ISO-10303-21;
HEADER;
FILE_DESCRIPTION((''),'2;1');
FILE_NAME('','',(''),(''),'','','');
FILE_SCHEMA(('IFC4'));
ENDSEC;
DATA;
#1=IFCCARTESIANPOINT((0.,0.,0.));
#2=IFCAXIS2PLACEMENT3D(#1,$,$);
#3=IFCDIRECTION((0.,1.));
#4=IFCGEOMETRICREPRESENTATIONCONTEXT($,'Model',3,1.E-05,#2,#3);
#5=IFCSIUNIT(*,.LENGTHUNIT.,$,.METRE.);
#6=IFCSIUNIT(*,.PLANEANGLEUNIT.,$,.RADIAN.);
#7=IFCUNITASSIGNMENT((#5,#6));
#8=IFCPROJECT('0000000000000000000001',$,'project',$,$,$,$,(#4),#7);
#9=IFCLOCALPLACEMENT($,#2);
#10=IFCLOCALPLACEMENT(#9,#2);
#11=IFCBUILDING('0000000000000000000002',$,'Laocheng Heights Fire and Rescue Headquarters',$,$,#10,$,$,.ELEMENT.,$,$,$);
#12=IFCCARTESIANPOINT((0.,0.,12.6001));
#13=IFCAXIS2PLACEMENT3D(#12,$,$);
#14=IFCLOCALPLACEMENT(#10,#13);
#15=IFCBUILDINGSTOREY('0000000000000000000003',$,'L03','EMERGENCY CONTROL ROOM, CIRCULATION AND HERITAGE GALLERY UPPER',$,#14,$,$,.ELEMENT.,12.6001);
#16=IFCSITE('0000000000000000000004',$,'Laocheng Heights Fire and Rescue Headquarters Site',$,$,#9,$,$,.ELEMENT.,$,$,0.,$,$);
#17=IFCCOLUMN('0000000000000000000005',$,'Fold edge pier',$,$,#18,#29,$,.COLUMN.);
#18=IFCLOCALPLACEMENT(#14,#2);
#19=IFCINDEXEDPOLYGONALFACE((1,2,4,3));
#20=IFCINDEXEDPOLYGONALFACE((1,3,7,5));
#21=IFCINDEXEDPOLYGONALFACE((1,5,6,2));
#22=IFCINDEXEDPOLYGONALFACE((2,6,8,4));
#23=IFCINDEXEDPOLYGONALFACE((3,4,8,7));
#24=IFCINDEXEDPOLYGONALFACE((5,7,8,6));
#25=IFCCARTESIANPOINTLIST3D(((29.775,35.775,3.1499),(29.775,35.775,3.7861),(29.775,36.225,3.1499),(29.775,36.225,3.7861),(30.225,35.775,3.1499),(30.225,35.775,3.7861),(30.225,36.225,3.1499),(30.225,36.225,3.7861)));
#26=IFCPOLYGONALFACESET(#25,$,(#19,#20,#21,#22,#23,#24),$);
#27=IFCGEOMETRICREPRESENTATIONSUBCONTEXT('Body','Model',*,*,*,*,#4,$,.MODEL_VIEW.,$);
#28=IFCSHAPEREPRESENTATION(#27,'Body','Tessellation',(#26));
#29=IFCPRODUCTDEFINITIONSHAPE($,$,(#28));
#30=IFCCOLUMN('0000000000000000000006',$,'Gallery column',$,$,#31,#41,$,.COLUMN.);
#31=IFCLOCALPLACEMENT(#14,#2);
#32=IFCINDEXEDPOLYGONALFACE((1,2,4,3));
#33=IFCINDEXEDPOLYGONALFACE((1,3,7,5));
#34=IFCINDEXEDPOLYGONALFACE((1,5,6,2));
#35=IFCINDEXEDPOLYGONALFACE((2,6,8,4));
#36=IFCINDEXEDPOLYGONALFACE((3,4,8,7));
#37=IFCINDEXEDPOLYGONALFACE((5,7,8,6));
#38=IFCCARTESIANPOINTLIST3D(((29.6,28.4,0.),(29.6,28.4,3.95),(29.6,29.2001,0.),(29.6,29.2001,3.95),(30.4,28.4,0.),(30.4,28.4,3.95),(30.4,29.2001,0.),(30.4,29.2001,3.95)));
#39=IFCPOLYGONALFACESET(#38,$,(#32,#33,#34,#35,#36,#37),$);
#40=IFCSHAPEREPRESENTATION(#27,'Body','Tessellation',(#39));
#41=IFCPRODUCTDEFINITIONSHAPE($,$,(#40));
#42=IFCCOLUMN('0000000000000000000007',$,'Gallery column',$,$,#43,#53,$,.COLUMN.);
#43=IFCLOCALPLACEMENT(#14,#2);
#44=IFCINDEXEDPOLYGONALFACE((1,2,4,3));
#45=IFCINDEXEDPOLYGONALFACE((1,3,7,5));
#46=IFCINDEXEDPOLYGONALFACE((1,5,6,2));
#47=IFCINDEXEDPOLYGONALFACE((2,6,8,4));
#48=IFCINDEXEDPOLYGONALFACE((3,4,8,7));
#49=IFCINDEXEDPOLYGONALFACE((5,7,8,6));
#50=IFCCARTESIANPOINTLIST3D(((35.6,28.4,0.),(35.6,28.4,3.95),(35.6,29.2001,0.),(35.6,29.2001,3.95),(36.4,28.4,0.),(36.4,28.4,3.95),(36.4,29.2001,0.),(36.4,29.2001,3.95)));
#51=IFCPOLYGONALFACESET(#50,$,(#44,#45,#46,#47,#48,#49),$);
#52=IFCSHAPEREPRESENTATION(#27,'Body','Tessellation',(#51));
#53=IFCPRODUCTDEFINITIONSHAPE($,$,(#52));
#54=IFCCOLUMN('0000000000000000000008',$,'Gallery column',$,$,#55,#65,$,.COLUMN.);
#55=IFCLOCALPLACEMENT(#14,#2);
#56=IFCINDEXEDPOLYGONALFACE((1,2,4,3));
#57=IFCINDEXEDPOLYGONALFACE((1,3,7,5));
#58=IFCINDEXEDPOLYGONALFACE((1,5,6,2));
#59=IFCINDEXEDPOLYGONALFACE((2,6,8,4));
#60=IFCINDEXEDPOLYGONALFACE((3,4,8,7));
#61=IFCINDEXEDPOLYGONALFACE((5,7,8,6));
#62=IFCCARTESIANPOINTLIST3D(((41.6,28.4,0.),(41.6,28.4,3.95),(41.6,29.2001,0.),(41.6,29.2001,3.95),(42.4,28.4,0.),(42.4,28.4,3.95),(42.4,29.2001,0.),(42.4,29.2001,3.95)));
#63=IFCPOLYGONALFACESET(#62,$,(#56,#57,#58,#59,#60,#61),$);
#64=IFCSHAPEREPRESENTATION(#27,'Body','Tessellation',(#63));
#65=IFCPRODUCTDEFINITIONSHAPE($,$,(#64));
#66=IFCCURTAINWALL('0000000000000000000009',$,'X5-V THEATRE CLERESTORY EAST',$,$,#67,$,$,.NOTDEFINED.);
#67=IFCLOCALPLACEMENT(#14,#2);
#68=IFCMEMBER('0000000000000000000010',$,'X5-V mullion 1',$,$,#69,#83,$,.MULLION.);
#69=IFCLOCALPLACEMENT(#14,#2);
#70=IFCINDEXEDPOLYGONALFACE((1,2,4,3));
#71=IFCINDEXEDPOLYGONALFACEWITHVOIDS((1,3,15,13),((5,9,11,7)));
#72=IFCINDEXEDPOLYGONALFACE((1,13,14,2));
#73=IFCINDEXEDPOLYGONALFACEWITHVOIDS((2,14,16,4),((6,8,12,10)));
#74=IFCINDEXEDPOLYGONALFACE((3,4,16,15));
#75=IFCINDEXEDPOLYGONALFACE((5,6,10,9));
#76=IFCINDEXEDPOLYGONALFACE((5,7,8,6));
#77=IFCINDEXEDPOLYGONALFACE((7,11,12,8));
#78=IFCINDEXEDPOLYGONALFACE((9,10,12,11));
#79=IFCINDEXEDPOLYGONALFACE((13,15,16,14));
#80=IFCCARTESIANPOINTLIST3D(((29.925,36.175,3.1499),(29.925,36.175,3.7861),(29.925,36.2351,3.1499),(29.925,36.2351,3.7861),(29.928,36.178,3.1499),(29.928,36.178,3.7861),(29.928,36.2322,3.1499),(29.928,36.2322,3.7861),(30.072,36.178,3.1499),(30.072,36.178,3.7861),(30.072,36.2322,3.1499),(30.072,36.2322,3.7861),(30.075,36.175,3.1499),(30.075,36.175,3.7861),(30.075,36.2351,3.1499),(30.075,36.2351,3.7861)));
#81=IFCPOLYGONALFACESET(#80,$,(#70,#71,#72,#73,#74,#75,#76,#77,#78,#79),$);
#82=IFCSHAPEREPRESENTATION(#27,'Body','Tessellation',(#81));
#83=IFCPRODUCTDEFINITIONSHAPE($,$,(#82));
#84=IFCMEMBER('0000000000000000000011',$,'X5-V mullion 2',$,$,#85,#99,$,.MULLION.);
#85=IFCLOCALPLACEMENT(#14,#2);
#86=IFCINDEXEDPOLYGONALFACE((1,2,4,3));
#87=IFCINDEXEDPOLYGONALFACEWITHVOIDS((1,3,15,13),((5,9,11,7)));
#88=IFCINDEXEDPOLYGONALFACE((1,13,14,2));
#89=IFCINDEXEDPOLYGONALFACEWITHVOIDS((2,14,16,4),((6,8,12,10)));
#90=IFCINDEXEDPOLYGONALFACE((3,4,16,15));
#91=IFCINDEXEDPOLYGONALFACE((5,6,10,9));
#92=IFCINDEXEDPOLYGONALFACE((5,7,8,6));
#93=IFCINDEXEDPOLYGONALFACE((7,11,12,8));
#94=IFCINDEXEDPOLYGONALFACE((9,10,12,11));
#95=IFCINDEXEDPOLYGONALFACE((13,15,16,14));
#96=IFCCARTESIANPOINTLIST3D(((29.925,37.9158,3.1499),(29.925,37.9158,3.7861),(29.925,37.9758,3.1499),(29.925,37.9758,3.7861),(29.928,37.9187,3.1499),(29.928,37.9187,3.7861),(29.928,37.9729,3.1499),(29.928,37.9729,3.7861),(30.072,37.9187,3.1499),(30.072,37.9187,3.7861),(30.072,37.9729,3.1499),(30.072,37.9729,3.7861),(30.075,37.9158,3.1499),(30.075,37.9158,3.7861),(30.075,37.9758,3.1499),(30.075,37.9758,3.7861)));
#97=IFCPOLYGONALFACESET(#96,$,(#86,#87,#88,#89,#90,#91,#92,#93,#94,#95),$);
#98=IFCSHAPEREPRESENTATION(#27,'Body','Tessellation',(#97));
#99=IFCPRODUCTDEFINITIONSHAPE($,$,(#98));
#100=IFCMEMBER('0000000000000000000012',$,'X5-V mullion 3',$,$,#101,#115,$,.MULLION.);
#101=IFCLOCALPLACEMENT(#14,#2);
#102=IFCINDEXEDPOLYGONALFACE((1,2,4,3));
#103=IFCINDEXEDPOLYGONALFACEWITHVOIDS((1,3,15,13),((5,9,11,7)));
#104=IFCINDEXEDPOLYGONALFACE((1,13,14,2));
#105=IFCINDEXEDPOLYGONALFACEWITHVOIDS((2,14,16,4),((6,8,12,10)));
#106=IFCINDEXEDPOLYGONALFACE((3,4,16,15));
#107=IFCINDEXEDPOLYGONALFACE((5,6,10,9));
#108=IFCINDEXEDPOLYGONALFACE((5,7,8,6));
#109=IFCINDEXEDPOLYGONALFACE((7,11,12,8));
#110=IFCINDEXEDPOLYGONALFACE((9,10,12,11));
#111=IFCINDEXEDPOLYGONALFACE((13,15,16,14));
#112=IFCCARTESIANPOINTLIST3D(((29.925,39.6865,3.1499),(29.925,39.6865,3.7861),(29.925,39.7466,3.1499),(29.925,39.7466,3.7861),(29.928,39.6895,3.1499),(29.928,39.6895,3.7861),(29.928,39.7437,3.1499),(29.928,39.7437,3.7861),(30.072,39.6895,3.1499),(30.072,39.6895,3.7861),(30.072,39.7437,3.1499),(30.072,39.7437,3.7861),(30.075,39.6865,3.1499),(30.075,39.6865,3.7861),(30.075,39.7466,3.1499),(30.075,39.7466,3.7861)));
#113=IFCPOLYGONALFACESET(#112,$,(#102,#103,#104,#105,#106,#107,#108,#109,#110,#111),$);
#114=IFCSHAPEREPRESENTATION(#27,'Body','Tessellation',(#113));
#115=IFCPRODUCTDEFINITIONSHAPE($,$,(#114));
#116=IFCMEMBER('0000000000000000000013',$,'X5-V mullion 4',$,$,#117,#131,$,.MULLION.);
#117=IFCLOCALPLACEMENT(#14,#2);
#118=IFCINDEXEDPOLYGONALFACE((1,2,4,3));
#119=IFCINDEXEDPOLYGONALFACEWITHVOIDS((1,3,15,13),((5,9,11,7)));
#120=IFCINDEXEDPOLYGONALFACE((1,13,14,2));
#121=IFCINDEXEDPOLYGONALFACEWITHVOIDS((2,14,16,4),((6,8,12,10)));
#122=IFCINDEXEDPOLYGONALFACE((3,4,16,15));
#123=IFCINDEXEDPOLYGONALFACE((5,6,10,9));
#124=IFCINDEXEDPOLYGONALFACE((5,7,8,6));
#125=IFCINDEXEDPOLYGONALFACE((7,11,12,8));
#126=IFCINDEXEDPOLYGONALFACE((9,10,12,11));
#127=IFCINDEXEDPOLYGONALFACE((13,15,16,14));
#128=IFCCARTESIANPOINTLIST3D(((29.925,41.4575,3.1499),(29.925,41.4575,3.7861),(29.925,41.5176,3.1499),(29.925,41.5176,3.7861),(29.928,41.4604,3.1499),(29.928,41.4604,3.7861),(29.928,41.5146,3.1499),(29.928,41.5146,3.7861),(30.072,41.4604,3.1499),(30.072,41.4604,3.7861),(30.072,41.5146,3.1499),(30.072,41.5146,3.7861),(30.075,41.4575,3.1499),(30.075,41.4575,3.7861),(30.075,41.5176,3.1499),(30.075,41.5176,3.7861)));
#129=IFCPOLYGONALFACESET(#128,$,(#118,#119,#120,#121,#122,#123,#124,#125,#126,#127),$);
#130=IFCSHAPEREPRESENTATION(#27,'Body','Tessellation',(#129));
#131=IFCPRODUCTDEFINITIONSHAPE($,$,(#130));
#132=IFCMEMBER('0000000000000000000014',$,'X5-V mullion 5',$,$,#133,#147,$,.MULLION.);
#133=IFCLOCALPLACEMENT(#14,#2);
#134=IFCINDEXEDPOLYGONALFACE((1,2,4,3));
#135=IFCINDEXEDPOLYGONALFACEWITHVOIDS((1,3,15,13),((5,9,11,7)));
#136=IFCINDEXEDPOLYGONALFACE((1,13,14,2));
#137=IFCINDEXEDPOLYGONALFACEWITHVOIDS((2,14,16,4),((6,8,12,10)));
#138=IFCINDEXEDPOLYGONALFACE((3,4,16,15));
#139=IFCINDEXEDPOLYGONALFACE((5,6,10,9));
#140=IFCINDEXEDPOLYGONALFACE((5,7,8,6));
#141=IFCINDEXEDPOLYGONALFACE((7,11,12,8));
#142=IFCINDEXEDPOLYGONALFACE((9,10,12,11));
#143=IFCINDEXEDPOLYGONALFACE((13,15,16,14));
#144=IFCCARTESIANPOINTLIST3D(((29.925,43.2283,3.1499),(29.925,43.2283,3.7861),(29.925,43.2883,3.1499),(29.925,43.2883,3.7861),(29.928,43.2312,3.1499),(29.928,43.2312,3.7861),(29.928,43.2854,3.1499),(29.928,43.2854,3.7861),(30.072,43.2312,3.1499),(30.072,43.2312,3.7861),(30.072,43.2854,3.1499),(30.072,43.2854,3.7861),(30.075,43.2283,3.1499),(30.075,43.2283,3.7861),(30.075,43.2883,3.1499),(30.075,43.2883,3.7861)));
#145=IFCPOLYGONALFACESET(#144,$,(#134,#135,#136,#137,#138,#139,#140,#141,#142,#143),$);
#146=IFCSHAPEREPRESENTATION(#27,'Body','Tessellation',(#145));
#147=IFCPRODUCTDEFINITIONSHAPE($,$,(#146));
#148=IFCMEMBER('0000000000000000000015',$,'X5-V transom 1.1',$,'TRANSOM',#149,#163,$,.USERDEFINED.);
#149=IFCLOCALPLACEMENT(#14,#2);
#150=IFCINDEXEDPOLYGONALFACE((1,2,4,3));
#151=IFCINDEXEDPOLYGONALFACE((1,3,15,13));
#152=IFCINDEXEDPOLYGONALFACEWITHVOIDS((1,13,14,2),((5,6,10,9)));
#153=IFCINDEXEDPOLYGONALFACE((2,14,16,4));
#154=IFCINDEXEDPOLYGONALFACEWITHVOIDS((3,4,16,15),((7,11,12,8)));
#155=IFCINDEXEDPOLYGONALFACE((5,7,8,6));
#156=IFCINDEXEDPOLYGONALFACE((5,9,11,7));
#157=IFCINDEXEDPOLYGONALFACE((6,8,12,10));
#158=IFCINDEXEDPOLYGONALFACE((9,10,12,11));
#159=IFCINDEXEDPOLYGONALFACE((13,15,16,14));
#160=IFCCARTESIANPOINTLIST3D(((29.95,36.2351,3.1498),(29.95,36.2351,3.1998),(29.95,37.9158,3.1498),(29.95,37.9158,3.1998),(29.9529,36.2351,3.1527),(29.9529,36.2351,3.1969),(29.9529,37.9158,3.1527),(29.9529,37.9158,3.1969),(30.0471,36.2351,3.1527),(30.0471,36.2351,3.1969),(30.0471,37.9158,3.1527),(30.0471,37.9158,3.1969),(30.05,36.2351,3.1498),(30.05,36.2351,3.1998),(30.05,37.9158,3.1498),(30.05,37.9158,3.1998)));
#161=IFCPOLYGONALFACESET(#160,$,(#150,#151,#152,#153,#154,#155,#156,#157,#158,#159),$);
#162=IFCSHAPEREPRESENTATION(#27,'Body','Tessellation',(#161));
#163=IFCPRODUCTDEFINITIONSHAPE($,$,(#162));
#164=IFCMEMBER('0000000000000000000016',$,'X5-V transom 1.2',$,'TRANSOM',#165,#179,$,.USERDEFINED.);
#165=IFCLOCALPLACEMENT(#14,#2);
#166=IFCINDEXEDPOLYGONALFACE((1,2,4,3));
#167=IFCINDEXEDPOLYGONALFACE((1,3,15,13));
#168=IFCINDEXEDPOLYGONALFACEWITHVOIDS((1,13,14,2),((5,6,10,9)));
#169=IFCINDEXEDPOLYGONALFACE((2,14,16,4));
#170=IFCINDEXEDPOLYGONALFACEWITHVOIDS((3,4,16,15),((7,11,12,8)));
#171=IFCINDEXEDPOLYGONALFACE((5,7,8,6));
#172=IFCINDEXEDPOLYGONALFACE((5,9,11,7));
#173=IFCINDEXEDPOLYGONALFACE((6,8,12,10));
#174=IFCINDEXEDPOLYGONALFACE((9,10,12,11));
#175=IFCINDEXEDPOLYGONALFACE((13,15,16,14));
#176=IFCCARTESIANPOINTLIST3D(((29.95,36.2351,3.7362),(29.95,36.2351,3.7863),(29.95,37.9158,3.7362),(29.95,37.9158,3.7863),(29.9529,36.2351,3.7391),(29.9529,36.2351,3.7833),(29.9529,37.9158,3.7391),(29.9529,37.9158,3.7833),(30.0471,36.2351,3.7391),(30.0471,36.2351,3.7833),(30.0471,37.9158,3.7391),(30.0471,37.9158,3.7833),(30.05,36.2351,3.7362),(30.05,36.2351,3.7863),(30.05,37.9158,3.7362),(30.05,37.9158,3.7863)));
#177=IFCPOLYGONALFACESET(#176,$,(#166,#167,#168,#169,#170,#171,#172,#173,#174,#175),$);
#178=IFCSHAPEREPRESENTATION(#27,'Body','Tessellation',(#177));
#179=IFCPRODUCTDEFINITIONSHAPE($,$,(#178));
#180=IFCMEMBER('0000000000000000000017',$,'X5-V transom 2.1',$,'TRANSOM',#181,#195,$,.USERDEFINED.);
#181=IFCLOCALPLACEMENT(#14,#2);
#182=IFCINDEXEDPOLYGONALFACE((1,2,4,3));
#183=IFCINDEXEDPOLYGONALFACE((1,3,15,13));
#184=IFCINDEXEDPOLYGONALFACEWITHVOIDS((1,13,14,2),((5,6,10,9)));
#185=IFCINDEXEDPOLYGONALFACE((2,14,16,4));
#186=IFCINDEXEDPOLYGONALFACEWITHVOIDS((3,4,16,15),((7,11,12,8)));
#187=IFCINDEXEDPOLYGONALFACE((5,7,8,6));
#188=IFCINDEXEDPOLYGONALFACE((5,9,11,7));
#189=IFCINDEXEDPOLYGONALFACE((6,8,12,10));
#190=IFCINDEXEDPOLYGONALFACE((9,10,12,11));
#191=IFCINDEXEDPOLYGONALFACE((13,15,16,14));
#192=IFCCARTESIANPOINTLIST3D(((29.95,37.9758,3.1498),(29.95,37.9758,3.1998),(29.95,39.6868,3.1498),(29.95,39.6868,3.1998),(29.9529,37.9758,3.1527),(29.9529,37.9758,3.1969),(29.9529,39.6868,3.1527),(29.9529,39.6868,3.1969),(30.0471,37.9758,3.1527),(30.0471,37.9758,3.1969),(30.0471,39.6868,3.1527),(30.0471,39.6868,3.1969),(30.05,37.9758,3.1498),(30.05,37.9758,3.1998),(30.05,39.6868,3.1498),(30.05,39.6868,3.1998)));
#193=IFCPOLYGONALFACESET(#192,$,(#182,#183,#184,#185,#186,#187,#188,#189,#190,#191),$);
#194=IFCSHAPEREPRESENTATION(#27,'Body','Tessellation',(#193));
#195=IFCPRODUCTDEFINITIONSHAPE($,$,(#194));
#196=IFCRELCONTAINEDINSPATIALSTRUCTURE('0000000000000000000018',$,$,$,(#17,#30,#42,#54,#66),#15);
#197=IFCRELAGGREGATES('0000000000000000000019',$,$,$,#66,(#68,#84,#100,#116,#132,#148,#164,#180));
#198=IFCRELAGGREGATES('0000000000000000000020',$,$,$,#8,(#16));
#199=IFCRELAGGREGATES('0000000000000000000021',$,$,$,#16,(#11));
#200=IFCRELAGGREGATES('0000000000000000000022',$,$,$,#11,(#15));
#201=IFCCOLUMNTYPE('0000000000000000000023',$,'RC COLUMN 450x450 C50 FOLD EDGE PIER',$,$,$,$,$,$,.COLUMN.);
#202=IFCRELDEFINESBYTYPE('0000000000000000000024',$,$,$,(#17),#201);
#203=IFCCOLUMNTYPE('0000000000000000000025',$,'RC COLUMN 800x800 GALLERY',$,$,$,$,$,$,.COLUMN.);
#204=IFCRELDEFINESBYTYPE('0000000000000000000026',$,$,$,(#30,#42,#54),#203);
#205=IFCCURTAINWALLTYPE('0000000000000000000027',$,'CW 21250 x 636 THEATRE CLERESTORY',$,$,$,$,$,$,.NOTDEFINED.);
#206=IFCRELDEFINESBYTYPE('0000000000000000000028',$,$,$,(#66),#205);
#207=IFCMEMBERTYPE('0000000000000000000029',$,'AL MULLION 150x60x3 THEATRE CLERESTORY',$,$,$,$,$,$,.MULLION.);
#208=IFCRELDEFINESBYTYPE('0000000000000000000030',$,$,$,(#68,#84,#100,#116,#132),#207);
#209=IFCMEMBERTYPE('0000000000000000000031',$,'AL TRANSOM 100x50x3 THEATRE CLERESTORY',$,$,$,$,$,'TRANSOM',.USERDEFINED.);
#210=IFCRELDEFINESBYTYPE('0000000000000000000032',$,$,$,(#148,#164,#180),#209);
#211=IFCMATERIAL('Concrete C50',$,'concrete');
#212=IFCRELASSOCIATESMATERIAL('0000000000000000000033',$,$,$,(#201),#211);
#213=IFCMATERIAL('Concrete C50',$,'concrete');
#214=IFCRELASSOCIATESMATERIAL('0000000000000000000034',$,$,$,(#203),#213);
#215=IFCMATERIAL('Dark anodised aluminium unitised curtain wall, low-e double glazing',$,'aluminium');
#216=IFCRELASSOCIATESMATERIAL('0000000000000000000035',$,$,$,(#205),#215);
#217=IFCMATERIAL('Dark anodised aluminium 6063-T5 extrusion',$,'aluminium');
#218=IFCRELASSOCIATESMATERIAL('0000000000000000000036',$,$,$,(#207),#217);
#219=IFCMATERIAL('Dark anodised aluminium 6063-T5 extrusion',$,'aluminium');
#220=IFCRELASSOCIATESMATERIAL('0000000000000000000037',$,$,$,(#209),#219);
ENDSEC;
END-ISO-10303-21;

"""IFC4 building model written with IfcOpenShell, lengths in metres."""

from ifc_helpers import new_model, si_unit, direction, frame, origin, origin_2d, place, context, subcontext, project, spatial, rectangle, hollow_rectangle, extrude, material, material_profile, profile_set, type_object, element, aggregate, save


model = new_model("IFC4")

# Units and contexts
model_context = context("Model", 3, precision=1e-05, world=origin(), true_north=direction((0.0, 1.0)))
body_context = subcontext(model_context, "Body", "Model", "MODEL_VIEW")
ifc_project = project(units=[si_unit("LENGTHUNIT", "METRE"), si_unit("PLANEANGLEUNIT", "RADIAN")], contexts=[model_context])

# Site, building, storey
site_placement = place(None, origin())
site = spatial("IfcSite", under=ifc_project, at=site_placement, Name="Laocheng Heights Fire and Rescue Headquarters Site", CompositionType="ELEMENT", RefElevation=0.0)
building_placement = place(site_placement, origin())
building = spatial("IfcBuilding", under=site, at=building_placement, Name="Laocheng Heights Fire and Rescue Headquarters", CompositionType="ELEMENT")
storey_placement = place(building_placement, frame((0.0, 0.0, 12.6001)))
storey = spatial("IfcBuildingStorey", under=building, at=storey_placement, Name="L03", Description="EMERGENCY CONTROL ROOM, CIRCULATION AND HERITAGE GALLERY UPPER", CompositionType="ELEMENT", Elevation=12.6001)

# Columns
ifc_material_1 = material(Name="Concrete C50", Category="concrete")
ifc_material_profile_1 = material_profile(ifc_material_1, rectangle(XDim=0.45, YDim=0.45, at=origin_2d()), Name="RC COLUMN 450x450 C50 FOLD EDGE PIER")
ifc_profile_set_1 = profile_set([ifc_material_profile_1], Name="Concrete C50")
column_type_1 = type_object("IfcColumnType", Name="RC COLUMN 450x450 C50 FOLD EDGE PIER", PredefinedType="COLUMN", material=ifc_profile_set_1)
column_placement = place(storey_placement, frame((30.0, 36.0, 3.1499), z_axis=(0.0, 0.0, 1.0), x_axis=(1.0, 0.0, 0.0)))
element("IfcColumn", 1, at=column_placement, inside=storey, type_object=column_type_1, Name="Fold edge pier", PredefinedType="COLUMN", context=body_context, shape_type="SweptSolid", body=[
    extrude(rectangle(XDim=0.45, YDim=0.45, at=origin_2d()), origin(), (0.0, 0.0, 1.0), 0.6362),
])
ifc_material_2 = material(Name="Concrete C50", Category="concrete")
ifc_material_profile_2 = material_profile(ifc_material_2, rectangle(XDim=0.8, YDim=0.8, at=origin_2d()), Name="RC COLUMN 800x800 GALLERY")
ifc_profile_set_2 = profile_set([ifc_material_profile_2], Name="Concrete C50")
column_type_2 = type_object("IfcColumnType", Name="RC COLUMN 800x800 GALLERY", PredefinedType="COLUMN", material=ifc_profile_set_2)
for number, where, z_axis, x_axis, name in (
    (2, (30.0, 28.8, 0.0), (0.0, 0.0, 1.0), (1.0, 0.0, 0.0), "Gallery column"),
    (3, (36.0, 28.8, 0.0), (0.0, 0.0, 1.0), (1.0, 0.0, 0.0), "Gallery column"),
    (4, (42.0, 28.8, 0.0), (0.0, 0.0, 1.0), (1.0, 0.0, 0.0), "Gallery column"),
):
    element("IfcColumn", number, at=place(storey_placement, frame(where, z_axis=z_axis, x_axis=x_axis)), inside=storey, type_object=column_type_2, Name=name, PredefinedType="COLUMN", context=body_context, shape_type="SweptSolid", body=[
        extrude(rectangle(XDim=0.8, YDim=0.8, at=origin_2d()), origin(), (0.0, 0.0, 1.0), 3.95),
    ])

# Curtain wall, members
ifc_material_3 = material(Name="Dark anodised aluminium unitised curtain wall, low-e double glazing", Category="aluminium")
curtain_wall_type = type_object("IfcCurtainWallType", Name="CW 21250 x 636 THEATRE CLERESTORY", PredefinedType="NOTDEFINED", material=ifc_material_3)
curtain_wall_placement = place(storey_placement, origin())
curtain_wall = element("IfcCurtainWall", 5, at=curtain_wall_placement, inside=storey, type_object=curtain_wall_type, Name="X5-V THEATRE CLERESTORY EAST", PredefinedType="NOTDEFINED")
ifc_material_4 = material(Name="Dark anodised aluminium 6063-T5 extrusion", Category="aluminium")
ifc_material_profile_3 = material_profile(ifc_material_4, hollow_rectangle(XDim=0.1499, YDim=0.0601, WallThickness=0.0029, at=origin_2d()), Name="AL MULLION 150x60x3 THEATRE CLERESTORY")
ifc_profile_set_3 = profile_set([ifc_material_profile_3], Name="Dark anodised aluminium 6063-T5 extrusion")
member_type_1 = type_object("IfcMemberType", Name="AL MULLION 150x60x3 THEATRE CLERESTORY", PredefinedType="MULLION", material=ifc_profile_set_3)
member_1_placement = place(storey_placement, frame((30.0, 36.2051, 3.1499), z_axis=(0.0, 0.0, 1.0), x_axis=(-1.0, 0.0, 0.0)))
member_1 = element("IfcMember", 6, at=member_1_placement, type_object=member_type_1, Name="X5-V mullion 1", PredefinedType="MULLION", context=body_context, shape_type="SweptSolid", body=[
    extrude(hollow_rectangle(XDim=0.1499, YDim=0.0601, WallThickness=0.0029, at=origin_2d()), origin(), (0.0, 0.0, 1.0), 0.6362),
])
member_2_placement = place(storey_placement, frame((30.0, 37.9458, 3.1499), z_axis=(0.0, 0.0, 1.0), x_axis=(-1.0, 0.0, 0.0)))
member_2 = element("IfcMember", 7, at=member_2_placement, type_object=member_type_1, Name="X5-V mullion 2", PredefinedType="MULLION", context=body_context, shape_type="SweptSolid", body=[
    extrude(hollow_rectangle(XDim=0.1499, YDim=0.0601, WallThickness=0.0029, at=origin_2d()), origin(), (0.0, 0.0, 1.0), 0.6362),
])
member_3_placement = place(storey_placement, frame((30.0, 39.7166, 3.1499), z_axis=(0.0, 0.0, 1.0), x_axis=(-1.0, 0.0, 0.0)))
member_3 = element("IfcMember", 8, at=member_3_placement, type_object=member_type_1, Name="X5-V mullion 3", PredefinedType="MULLION", context=body_context, shape_type="SweptSolid", body=[
    extrude(hollow_rectangle(XDim=0.1499, YDim=0.0601, WallThickness=0.0029, at=origin_2d()), origin(), (0.0, 0.0, 1.0), 0.6362),
])
member_4_placement = place(storey_placement, frame((30.0, 41.4875, 3.1499), z_axis=(0.0, 0.0, 1.0), x_axis=(-1.0, 0.0, 0.0)))
member_4 = element("IfcMember", 9, at=member_4_placement, type_object=member_type_1, Name="X5-V mullion 4", PredefinedType="MULLION", context=body_context, shape_type="SweptSolid", body=[
    extrude(hollow_rectangle(XDim=0.1499, YDim=0.0601, WallThickness=0.0029, at=origin_2d()), origin(), (0.0, 0.0, 1.0), 0.6362),
])
member_5_placement = place(storey_placement, frame((30.0, 43.2583, 3.1499), z_axis=(0.0, 0.0, 1.0), x_axis=(-1.0, 0.0, 0.0)))
member_5 = element("IfcMember", 10, at=member_5_placement, type_object=member_type_1, Name="X5-V mullion 5", PredefinedType="MULLION", context=body_context, shape_type="SweptSolid", body=[
    extrude(hollow_rectangle(XDim=0.1499, YDim=0.0601, WallThickness=0.0029, at=origin_2d()), origin(), (0.0, 0.0, 1.0), 0.6362),
])
ifc_material_5 = material(Name="Dark anodised aluminium 6063-T5 extrusion", Category="aluminium")
ifc_material_profile_4 = material_profile(ifc_material_5, hollow_rectangle(XDim=0.1001, YDim=0.05, WallThickness=0.0029, at=origin_2d()), Name="AL TRANSOM 100x50x3 THEATRE CLERESTORY")
ifc_profile_set_4 = profile_set([ifc_material_profile_4], Name="Dark anodised aluminium 6063-T5 extrusion")
member_type_2 = type_object("IfcMemberType", Name="AL TRANSOM 100x50x3 THEATRE CLERESTORY", ElementType="TRANSOM", PredefinedType="USERDEFINED", material=ifc_profile_set_4)
member_6_placement = place(storey_placement, frame((30.0, 36.2351, 3.1748), z_axis=(0.0, 1.0, 0.0), x_axis=(-1.0, 0.0, 0.0)))
member_6 = element("IfcMember", 11, at=member_6_placement, type_object=member_type_2, Name="X5-V transom 1.1", ObjectType="TRANSOM", PredefinedType="USERDEFINED", context=body_context, shape_type="SweptSolid", body=[
    extrude(hollow_rectangle(XDim=0.1001, YDim=0.05, WallThickness=0.0029, at=origin_2d()), origin(), (0.0, 0.0, 1.0), 1.6807),
])
member_7_placement = place(storey_placement, frame((30.0, 36.2351, 3.7612), z_axis=(0.0, 1.0, 0.0), x_axis=(-1.0, 0.0, 0.0)))
member_7 = element("IfcMember", 12, at=member_7_placement, type_object=member_type_2, Name="X5-V transom 1.2", ObjectType="TRANSOM", PredefinedType="USERDEFINED", context=body_context, shape_type="SweptSolid", body=[
    extrude(hollow_rectangle(XDim=0.1001, YDim=0.05, WallThickness=0.0029, at=origin_2d()), origin(), (0.0, 0.0, 1.0), 1.6807),
])
member_8_placement = place(storey_placement, frame((30.0, 37.9758, 3.1748), z_axis=(0.0, 1.0, 0.0), x_axis=(-1.0, 0.0, 0.0)))
member_8 = element("IfcMember", 13, at=member_8_placement, type_object=member_type_2, Name="X5-V transom 2.1", ObjectType="TRANSOM", PredefinedType="USERDEFINED", context=body_context, shape_type="SweptSolid", body=[
    extrude(hollow_rectangle(XDim=0.1001, YDim=0.05, WallThickness=0.0029, at=origin_2d()), origin(), (0.0, 0.0, 1.0), 1.7109),
])

aggregate(curtain_wall, [member_1, member_2, member_3, member_4, member_5, member_6, member_7, member_8])

save(model, "model.ifc")
